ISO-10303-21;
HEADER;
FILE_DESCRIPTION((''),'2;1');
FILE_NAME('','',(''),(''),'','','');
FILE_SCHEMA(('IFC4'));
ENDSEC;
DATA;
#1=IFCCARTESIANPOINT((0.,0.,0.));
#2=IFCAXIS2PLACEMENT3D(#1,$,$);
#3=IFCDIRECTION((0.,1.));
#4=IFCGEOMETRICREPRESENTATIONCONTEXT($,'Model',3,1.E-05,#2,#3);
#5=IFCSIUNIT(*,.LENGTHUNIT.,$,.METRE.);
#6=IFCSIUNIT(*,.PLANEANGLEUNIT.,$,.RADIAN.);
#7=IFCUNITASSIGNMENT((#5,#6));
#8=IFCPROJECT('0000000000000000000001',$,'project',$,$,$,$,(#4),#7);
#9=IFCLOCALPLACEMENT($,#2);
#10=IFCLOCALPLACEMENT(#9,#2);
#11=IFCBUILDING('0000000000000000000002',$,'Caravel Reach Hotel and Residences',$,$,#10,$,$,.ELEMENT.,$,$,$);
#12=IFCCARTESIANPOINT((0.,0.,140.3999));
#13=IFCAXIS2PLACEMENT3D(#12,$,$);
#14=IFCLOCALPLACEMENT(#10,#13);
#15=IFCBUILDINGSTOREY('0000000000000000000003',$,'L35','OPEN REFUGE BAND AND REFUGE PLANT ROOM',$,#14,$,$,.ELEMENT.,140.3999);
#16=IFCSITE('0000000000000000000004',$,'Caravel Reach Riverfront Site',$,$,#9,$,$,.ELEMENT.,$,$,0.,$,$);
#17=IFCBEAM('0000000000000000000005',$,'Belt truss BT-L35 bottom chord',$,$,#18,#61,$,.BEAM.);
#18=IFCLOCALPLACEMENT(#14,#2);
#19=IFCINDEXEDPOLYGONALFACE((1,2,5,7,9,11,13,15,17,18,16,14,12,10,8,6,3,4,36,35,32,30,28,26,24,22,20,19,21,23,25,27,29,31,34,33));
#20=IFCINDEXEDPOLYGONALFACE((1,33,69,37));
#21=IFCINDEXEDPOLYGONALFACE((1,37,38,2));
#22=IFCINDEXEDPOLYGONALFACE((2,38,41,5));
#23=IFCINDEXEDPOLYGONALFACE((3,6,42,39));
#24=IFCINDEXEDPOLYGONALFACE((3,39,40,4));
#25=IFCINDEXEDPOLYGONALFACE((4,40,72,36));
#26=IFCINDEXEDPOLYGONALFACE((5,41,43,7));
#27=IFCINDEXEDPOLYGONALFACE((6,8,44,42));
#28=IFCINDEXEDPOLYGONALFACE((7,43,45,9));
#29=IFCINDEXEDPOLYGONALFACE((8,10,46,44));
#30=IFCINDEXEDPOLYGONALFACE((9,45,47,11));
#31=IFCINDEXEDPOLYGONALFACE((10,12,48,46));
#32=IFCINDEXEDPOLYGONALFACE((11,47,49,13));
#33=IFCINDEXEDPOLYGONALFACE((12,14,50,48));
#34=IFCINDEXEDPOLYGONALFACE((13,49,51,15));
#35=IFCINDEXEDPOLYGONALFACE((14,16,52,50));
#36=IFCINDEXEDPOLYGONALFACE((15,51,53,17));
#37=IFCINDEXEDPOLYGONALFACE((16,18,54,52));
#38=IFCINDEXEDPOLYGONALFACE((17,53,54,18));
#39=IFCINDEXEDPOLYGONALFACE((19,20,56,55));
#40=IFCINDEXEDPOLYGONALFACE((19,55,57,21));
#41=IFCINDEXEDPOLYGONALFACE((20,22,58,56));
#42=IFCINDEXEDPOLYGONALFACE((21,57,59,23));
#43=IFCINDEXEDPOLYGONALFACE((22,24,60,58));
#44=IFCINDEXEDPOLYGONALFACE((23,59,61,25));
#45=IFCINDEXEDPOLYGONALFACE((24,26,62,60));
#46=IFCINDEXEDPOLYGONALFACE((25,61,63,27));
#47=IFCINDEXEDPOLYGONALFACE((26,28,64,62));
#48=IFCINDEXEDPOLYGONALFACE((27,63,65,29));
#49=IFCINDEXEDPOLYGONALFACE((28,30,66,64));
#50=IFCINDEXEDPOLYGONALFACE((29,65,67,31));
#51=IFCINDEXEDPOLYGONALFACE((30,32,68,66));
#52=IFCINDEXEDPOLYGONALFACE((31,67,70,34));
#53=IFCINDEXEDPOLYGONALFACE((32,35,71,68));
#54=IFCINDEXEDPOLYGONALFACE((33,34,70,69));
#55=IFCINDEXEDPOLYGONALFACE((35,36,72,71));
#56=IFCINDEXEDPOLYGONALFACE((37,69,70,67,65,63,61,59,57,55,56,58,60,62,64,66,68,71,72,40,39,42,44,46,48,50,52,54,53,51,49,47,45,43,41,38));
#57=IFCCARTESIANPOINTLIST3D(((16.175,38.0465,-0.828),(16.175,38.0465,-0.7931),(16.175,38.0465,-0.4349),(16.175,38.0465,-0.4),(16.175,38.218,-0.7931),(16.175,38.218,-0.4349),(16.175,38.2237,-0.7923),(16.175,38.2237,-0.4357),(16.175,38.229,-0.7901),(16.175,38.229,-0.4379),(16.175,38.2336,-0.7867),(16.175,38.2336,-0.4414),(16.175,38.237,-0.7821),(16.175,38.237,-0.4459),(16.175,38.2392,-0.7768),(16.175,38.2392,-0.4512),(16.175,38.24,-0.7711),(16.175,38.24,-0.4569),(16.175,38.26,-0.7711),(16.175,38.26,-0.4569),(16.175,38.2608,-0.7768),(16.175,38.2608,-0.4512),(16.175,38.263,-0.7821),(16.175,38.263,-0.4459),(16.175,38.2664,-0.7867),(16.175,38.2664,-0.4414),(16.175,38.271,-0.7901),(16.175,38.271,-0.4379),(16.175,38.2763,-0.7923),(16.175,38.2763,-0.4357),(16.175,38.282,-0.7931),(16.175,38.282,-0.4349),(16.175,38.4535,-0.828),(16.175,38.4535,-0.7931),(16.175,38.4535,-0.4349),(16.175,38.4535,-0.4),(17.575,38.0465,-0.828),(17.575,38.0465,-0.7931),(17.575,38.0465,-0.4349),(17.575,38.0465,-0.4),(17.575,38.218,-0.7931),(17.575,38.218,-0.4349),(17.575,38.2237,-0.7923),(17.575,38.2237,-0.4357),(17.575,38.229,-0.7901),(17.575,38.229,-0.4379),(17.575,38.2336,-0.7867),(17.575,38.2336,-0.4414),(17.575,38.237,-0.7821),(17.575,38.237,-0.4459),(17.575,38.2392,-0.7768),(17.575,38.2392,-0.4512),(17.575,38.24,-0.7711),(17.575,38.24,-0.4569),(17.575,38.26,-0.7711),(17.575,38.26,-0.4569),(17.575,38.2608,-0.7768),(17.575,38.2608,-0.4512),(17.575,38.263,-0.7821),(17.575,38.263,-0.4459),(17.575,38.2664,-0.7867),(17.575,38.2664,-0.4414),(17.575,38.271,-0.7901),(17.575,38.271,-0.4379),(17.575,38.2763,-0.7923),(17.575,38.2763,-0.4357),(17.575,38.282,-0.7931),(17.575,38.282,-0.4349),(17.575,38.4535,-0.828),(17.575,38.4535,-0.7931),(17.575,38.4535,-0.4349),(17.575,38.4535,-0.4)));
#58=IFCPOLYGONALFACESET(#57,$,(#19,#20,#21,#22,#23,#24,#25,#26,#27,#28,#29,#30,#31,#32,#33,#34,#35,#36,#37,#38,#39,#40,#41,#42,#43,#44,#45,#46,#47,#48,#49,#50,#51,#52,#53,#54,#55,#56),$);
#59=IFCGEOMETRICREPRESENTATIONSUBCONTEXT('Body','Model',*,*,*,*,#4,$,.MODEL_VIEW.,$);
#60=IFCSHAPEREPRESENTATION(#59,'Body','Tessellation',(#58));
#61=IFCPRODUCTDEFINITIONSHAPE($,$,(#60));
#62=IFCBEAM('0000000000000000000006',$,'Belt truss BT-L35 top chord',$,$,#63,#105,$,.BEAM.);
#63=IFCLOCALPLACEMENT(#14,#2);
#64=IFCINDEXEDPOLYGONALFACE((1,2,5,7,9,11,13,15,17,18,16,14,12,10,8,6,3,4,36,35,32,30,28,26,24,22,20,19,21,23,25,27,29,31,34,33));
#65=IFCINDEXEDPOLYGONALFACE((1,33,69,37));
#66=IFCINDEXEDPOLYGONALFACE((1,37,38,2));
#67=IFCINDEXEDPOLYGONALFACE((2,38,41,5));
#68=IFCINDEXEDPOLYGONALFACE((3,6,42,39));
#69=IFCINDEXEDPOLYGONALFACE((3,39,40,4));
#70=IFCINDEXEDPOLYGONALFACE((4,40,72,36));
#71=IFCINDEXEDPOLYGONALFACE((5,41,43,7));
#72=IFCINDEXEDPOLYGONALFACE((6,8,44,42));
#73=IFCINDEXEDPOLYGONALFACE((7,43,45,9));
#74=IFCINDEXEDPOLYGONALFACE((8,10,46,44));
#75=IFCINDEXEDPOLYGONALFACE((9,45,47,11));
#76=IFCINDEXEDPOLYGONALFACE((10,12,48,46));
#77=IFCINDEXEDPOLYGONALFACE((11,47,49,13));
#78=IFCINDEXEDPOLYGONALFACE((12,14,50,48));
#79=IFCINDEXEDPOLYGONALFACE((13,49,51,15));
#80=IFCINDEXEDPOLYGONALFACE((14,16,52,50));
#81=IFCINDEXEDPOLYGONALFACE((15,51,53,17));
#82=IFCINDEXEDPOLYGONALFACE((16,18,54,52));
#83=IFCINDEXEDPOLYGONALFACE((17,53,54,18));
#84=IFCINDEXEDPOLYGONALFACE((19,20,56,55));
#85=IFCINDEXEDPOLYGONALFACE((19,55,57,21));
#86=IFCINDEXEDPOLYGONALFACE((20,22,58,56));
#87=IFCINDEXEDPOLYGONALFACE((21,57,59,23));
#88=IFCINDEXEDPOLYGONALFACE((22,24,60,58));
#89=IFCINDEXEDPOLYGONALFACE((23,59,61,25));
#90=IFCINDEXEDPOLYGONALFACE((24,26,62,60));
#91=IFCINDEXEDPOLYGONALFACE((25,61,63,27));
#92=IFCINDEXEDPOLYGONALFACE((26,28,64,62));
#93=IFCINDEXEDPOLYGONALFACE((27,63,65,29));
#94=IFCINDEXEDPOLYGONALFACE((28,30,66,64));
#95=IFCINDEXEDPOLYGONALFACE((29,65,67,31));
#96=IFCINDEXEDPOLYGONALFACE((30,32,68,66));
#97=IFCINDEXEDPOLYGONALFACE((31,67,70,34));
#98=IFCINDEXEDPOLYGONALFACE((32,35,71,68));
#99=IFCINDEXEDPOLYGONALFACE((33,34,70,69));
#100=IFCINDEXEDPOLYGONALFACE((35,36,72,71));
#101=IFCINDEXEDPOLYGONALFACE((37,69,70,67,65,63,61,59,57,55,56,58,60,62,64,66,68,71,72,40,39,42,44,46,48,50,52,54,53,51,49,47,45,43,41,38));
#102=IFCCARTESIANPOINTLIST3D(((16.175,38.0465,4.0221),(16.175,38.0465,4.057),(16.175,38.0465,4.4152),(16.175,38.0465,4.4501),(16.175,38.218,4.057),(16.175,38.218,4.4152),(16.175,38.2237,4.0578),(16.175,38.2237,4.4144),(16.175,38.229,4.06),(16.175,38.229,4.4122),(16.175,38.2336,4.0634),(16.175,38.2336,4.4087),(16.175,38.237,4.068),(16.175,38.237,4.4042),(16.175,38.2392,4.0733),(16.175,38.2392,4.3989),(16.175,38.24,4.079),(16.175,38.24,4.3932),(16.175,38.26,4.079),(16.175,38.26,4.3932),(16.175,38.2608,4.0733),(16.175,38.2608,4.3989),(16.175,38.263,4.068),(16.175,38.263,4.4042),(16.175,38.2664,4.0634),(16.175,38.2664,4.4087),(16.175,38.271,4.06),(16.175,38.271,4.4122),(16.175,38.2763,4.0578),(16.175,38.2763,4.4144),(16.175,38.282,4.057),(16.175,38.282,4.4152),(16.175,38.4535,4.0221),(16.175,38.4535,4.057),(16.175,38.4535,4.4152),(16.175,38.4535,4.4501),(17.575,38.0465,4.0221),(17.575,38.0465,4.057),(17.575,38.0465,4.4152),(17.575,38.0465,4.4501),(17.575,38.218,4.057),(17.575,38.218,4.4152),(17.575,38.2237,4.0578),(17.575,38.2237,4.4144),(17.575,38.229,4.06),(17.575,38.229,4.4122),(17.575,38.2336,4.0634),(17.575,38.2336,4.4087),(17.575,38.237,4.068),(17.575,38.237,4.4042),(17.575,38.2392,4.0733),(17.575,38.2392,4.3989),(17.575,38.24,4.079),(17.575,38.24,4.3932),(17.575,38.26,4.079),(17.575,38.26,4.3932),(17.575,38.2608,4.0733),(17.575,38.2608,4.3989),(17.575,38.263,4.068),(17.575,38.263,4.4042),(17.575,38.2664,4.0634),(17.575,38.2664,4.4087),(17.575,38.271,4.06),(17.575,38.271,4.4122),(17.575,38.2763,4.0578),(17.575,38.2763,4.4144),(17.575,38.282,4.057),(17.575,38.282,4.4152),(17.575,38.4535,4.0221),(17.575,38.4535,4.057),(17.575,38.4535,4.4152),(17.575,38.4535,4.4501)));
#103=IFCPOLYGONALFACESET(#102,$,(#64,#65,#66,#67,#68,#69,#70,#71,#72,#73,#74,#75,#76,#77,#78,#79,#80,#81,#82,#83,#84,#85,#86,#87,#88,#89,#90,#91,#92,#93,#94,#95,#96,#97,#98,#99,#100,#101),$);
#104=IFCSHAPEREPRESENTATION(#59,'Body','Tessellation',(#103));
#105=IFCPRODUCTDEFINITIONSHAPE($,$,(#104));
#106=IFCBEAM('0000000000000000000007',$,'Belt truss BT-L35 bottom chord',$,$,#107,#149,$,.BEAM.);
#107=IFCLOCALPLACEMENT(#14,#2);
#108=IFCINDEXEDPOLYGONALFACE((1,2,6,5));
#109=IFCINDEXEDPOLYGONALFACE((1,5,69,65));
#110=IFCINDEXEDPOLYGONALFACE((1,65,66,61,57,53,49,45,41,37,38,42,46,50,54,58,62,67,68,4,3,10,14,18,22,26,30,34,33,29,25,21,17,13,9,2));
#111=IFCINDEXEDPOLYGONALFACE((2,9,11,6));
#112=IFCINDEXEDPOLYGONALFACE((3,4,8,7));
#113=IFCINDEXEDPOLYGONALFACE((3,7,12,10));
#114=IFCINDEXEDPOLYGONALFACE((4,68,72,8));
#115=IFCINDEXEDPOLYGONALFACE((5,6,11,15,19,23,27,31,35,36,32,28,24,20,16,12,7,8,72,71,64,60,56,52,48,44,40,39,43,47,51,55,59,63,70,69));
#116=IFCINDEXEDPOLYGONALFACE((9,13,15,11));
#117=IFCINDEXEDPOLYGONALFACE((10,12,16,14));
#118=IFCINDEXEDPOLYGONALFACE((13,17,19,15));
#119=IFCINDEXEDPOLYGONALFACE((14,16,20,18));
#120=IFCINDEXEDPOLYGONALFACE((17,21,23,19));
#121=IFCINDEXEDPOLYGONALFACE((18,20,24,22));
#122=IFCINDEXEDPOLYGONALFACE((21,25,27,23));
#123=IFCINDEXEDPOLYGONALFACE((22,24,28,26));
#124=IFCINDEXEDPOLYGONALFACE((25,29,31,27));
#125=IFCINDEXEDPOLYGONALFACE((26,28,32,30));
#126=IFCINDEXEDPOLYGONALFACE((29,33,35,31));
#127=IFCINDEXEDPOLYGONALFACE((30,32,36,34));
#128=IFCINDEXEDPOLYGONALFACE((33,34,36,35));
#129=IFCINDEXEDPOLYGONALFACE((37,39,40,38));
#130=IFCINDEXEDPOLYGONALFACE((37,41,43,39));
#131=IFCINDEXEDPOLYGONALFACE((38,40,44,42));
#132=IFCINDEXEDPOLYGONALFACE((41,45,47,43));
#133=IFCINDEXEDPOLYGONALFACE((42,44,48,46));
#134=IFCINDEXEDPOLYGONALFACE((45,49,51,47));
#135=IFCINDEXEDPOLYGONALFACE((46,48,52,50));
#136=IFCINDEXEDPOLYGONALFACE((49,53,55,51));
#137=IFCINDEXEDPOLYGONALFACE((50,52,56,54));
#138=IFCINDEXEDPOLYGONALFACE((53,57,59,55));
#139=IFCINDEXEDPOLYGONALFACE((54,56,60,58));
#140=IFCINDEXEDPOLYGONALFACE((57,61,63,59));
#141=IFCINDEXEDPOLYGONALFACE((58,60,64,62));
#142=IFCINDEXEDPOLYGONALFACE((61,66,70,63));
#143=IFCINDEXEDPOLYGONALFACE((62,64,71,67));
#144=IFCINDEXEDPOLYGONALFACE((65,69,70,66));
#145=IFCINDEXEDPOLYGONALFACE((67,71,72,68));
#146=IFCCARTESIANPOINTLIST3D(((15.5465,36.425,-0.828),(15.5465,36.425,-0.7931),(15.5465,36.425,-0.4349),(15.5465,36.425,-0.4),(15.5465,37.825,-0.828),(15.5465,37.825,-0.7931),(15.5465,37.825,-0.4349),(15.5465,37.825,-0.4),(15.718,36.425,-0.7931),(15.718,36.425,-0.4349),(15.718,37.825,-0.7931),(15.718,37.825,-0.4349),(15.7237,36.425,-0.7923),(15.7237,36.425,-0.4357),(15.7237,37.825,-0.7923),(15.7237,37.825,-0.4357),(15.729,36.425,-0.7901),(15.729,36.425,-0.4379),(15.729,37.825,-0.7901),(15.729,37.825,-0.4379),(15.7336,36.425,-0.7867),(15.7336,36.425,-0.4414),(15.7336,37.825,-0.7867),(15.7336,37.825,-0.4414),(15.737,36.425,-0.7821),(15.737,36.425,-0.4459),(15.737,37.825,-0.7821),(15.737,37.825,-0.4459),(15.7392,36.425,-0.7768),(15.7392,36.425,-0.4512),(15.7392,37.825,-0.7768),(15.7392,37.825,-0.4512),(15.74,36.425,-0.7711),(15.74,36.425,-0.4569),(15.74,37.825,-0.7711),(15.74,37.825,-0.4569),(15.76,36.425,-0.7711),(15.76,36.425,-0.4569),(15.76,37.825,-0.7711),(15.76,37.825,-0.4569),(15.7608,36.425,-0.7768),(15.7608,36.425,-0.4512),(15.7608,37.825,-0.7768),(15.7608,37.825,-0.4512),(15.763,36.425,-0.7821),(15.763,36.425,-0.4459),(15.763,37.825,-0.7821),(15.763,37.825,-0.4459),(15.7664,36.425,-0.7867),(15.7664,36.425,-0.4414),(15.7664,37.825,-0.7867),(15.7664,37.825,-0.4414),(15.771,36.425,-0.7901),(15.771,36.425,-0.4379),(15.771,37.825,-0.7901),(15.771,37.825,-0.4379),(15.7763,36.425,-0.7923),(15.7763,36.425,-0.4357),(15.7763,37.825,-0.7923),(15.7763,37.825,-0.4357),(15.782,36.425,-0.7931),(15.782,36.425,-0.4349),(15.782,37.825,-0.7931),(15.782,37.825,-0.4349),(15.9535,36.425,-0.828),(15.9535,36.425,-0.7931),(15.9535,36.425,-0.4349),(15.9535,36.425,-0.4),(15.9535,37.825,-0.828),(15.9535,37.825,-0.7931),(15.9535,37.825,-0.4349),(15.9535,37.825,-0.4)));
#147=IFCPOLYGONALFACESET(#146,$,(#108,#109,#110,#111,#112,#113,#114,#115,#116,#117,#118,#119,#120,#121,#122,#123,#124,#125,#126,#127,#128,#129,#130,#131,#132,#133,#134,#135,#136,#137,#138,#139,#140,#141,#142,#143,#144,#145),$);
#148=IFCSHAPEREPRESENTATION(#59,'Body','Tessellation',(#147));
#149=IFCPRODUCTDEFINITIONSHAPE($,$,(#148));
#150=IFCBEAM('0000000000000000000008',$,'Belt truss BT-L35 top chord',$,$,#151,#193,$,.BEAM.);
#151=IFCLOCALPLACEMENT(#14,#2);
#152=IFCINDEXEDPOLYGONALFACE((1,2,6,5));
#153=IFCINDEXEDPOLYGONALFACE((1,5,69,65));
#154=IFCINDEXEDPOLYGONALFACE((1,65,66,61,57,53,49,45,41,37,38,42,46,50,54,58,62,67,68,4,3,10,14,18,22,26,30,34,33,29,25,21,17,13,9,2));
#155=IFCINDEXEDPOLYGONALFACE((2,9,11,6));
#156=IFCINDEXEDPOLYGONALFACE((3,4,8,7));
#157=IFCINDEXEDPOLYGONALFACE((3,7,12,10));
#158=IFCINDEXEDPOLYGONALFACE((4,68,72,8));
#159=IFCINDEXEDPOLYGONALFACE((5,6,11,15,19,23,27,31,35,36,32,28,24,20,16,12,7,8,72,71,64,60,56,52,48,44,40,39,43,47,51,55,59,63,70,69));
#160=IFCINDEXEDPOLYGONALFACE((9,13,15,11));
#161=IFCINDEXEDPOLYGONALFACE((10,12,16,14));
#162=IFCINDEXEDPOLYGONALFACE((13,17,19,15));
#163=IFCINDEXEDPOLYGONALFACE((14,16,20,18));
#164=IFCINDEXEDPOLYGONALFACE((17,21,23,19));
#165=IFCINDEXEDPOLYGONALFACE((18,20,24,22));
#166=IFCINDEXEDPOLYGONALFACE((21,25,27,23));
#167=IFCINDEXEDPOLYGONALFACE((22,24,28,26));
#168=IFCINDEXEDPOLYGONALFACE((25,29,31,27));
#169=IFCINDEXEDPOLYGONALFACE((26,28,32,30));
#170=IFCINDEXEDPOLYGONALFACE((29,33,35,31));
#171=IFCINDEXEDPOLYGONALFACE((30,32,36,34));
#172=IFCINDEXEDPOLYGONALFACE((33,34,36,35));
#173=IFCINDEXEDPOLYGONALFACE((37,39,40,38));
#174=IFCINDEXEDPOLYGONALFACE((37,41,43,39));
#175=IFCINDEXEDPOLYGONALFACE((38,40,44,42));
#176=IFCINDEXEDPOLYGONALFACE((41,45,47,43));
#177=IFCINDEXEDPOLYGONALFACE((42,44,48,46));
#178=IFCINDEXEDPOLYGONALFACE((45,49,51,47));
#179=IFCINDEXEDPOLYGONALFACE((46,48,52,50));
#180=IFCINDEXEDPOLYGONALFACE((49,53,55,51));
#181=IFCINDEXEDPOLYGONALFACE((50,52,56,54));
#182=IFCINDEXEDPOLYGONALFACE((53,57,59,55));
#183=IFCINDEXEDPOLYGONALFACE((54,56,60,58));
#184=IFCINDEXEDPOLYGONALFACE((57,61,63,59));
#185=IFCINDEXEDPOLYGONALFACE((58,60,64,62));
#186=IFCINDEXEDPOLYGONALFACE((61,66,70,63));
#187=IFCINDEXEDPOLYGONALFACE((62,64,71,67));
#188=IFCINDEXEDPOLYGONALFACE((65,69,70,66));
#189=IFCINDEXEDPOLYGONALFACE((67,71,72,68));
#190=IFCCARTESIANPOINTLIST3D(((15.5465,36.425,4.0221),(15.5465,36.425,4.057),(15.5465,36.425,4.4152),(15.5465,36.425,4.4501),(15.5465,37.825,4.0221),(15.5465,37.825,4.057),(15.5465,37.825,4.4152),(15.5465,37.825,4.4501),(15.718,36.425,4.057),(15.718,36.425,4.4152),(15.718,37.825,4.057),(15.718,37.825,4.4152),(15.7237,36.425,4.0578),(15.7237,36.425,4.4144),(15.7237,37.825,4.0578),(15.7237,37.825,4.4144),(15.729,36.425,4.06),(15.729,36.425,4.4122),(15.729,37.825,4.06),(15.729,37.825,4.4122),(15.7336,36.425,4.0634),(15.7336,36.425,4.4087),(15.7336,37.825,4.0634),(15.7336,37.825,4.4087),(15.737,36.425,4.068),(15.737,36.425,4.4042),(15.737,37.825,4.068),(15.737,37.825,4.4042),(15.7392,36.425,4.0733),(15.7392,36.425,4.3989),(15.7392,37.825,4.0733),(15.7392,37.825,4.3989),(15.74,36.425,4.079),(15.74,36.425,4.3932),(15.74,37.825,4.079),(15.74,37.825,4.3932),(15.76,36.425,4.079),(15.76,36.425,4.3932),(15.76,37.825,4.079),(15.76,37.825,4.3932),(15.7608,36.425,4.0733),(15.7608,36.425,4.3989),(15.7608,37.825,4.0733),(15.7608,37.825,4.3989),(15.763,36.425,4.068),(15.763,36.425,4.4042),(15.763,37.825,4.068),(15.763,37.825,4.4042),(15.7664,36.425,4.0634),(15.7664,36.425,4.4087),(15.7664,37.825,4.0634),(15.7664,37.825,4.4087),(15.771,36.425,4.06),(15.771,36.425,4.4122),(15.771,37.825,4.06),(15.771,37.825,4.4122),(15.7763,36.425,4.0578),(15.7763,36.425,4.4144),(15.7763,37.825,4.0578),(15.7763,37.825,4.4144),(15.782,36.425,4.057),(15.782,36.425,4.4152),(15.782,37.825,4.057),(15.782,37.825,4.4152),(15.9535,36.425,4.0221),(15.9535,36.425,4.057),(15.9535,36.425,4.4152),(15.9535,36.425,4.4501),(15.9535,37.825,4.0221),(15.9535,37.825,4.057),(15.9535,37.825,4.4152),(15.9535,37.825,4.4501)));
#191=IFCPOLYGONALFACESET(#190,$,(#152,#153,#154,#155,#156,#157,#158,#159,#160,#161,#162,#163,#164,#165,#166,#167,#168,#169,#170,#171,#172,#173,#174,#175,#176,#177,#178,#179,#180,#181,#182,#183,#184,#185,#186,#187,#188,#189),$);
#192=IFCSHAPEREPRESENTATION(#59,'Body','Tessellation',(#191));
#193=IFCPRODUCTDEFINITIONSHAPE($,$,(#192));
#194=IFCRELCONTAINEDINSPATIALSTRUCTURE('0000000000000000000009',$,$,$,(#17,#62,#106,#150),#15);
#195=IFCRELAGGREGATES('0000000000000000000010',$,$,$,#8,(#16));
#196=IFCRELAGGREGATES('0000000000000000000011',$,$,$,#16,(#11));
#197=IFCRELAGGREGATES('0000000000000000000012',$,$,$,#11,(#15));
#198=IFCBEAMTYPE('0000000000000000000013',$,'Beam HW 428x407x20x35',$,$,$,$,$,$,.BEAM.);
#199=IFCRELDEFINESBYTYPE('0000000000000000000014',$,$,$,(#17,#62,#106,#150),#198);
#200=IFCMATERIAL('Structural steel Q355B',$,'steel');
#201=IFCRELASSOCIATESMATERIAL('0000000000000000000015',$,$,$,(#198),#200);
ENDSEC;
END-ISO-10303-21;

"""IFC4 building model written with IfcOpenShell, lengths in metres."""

from ifc_helpers import new_model, si_unit, direction, frame, origin, origin_2d, place, context, subcontext, project, spatial, i_section, extrude, material, material_profile, profile_set, type_object, element, save


model = new_model("IFC4")

# Units and contexts
model_context = context("Model", 3, precision=1e-05, world=origin(), true_north=direction((0.0, 1.0)))
body_context = subcontext(model_context, "Body", "Model", "MODEL_VIEW")
ifc_project = project(units=[si_unit("LENGTHUNIT", "METRE"), si_unit("PLANEANGLEUNIT", "RADIAN")], contexts=[model_context])

# Site, building, storey
site_placement = place(None, origin())
site = spatial("IfcSite", under=ifc_project, at=site_placement, Name="Caravel Reach Riverfront Site", CompositionType="ELEMENT", RefElevation=0.0)
building_placement = place(site_placement, origin())
building = spatial("IfcBuilding", under=site, at=building_placement, Name="Caravel Reach Hotel and Residences", CompositionType="ELEMENT")
storey_placement = place(building_placement, frame((0.0, 0.0, 140.3999)))
storey = spatial("IfcBuildingStorey", under=building, at=storey_placement, Name="L35", Description="OPEN REFUGE BAND AND REFUGE PLANT ROOM", CompositionType="ELEMENT", Elevation=140.3999)

# Beams
ifc_material_1 = material(Name="Structural steel Q355B", Category="steel")
ifc_material_profile_1 = material_profile(ifc_material_1, i_section(OverallWidth=0.407, OverallDepth=0.428, WebThickness=0.02, FlangeThickness=0.0349, FilletRadius=0.022, at=origin_2d()), Name="HW 428x407x20x35")
ifc_profile_set_1 = profile_set([ifc_material_profile_1], Name="Structural steel Q355B")
beam_type = type_object("IfcBeamType", Name="Beam HW 428x407x20x35", PredefinedType="BEAM", material=ifc_profile_set_1)
for number, where, z_axis, x_axis, name in (
    (1, (17.575, 38.25, -0.614), (-1.0, 0.0, 0.0), (0.0, -1.0, 0.0), "Belt truss BT-L35 bottom chord"),
    (2, (17.575, 38.25, 4.2361), (-1.0, 0.0, 0.0), (0.0, -1.0, 0.0), "Belt truss BT-L35 top chord"),
    (3, (15.75, 37.825, -0.614), (0.0, -1.0, 0.0), (1.0, 0.0, 0.0), "Belt truss BT-L35 bottom chord"),
    (4, (15.75, 37.825, 4.2361), (0.0, -1.0, 0.0), (1.0, 0.0, 0.0), "Belt truss BT-L35 top chord"),
):
    element("IfcBeam", number, at=place(storey_placement, frame(where, z_axis=z_axis, x_axis=x_axis)), inside=storey, type_object=beam_type, Name=name, PredefinedType="BEAM", context=body_context, shape_type="SweptSolid", body=[
        extrude(i_section(OverallWidth=0.407, OverallDepth=0.428, WebThickness=0.02, FlangeThickness=0.0349, FilletRadius=0.022, at=origin_2d()), origin(), (0.0, 0.0, 1.0), 1.3999),
    ])

save(model, "model.ifc")
